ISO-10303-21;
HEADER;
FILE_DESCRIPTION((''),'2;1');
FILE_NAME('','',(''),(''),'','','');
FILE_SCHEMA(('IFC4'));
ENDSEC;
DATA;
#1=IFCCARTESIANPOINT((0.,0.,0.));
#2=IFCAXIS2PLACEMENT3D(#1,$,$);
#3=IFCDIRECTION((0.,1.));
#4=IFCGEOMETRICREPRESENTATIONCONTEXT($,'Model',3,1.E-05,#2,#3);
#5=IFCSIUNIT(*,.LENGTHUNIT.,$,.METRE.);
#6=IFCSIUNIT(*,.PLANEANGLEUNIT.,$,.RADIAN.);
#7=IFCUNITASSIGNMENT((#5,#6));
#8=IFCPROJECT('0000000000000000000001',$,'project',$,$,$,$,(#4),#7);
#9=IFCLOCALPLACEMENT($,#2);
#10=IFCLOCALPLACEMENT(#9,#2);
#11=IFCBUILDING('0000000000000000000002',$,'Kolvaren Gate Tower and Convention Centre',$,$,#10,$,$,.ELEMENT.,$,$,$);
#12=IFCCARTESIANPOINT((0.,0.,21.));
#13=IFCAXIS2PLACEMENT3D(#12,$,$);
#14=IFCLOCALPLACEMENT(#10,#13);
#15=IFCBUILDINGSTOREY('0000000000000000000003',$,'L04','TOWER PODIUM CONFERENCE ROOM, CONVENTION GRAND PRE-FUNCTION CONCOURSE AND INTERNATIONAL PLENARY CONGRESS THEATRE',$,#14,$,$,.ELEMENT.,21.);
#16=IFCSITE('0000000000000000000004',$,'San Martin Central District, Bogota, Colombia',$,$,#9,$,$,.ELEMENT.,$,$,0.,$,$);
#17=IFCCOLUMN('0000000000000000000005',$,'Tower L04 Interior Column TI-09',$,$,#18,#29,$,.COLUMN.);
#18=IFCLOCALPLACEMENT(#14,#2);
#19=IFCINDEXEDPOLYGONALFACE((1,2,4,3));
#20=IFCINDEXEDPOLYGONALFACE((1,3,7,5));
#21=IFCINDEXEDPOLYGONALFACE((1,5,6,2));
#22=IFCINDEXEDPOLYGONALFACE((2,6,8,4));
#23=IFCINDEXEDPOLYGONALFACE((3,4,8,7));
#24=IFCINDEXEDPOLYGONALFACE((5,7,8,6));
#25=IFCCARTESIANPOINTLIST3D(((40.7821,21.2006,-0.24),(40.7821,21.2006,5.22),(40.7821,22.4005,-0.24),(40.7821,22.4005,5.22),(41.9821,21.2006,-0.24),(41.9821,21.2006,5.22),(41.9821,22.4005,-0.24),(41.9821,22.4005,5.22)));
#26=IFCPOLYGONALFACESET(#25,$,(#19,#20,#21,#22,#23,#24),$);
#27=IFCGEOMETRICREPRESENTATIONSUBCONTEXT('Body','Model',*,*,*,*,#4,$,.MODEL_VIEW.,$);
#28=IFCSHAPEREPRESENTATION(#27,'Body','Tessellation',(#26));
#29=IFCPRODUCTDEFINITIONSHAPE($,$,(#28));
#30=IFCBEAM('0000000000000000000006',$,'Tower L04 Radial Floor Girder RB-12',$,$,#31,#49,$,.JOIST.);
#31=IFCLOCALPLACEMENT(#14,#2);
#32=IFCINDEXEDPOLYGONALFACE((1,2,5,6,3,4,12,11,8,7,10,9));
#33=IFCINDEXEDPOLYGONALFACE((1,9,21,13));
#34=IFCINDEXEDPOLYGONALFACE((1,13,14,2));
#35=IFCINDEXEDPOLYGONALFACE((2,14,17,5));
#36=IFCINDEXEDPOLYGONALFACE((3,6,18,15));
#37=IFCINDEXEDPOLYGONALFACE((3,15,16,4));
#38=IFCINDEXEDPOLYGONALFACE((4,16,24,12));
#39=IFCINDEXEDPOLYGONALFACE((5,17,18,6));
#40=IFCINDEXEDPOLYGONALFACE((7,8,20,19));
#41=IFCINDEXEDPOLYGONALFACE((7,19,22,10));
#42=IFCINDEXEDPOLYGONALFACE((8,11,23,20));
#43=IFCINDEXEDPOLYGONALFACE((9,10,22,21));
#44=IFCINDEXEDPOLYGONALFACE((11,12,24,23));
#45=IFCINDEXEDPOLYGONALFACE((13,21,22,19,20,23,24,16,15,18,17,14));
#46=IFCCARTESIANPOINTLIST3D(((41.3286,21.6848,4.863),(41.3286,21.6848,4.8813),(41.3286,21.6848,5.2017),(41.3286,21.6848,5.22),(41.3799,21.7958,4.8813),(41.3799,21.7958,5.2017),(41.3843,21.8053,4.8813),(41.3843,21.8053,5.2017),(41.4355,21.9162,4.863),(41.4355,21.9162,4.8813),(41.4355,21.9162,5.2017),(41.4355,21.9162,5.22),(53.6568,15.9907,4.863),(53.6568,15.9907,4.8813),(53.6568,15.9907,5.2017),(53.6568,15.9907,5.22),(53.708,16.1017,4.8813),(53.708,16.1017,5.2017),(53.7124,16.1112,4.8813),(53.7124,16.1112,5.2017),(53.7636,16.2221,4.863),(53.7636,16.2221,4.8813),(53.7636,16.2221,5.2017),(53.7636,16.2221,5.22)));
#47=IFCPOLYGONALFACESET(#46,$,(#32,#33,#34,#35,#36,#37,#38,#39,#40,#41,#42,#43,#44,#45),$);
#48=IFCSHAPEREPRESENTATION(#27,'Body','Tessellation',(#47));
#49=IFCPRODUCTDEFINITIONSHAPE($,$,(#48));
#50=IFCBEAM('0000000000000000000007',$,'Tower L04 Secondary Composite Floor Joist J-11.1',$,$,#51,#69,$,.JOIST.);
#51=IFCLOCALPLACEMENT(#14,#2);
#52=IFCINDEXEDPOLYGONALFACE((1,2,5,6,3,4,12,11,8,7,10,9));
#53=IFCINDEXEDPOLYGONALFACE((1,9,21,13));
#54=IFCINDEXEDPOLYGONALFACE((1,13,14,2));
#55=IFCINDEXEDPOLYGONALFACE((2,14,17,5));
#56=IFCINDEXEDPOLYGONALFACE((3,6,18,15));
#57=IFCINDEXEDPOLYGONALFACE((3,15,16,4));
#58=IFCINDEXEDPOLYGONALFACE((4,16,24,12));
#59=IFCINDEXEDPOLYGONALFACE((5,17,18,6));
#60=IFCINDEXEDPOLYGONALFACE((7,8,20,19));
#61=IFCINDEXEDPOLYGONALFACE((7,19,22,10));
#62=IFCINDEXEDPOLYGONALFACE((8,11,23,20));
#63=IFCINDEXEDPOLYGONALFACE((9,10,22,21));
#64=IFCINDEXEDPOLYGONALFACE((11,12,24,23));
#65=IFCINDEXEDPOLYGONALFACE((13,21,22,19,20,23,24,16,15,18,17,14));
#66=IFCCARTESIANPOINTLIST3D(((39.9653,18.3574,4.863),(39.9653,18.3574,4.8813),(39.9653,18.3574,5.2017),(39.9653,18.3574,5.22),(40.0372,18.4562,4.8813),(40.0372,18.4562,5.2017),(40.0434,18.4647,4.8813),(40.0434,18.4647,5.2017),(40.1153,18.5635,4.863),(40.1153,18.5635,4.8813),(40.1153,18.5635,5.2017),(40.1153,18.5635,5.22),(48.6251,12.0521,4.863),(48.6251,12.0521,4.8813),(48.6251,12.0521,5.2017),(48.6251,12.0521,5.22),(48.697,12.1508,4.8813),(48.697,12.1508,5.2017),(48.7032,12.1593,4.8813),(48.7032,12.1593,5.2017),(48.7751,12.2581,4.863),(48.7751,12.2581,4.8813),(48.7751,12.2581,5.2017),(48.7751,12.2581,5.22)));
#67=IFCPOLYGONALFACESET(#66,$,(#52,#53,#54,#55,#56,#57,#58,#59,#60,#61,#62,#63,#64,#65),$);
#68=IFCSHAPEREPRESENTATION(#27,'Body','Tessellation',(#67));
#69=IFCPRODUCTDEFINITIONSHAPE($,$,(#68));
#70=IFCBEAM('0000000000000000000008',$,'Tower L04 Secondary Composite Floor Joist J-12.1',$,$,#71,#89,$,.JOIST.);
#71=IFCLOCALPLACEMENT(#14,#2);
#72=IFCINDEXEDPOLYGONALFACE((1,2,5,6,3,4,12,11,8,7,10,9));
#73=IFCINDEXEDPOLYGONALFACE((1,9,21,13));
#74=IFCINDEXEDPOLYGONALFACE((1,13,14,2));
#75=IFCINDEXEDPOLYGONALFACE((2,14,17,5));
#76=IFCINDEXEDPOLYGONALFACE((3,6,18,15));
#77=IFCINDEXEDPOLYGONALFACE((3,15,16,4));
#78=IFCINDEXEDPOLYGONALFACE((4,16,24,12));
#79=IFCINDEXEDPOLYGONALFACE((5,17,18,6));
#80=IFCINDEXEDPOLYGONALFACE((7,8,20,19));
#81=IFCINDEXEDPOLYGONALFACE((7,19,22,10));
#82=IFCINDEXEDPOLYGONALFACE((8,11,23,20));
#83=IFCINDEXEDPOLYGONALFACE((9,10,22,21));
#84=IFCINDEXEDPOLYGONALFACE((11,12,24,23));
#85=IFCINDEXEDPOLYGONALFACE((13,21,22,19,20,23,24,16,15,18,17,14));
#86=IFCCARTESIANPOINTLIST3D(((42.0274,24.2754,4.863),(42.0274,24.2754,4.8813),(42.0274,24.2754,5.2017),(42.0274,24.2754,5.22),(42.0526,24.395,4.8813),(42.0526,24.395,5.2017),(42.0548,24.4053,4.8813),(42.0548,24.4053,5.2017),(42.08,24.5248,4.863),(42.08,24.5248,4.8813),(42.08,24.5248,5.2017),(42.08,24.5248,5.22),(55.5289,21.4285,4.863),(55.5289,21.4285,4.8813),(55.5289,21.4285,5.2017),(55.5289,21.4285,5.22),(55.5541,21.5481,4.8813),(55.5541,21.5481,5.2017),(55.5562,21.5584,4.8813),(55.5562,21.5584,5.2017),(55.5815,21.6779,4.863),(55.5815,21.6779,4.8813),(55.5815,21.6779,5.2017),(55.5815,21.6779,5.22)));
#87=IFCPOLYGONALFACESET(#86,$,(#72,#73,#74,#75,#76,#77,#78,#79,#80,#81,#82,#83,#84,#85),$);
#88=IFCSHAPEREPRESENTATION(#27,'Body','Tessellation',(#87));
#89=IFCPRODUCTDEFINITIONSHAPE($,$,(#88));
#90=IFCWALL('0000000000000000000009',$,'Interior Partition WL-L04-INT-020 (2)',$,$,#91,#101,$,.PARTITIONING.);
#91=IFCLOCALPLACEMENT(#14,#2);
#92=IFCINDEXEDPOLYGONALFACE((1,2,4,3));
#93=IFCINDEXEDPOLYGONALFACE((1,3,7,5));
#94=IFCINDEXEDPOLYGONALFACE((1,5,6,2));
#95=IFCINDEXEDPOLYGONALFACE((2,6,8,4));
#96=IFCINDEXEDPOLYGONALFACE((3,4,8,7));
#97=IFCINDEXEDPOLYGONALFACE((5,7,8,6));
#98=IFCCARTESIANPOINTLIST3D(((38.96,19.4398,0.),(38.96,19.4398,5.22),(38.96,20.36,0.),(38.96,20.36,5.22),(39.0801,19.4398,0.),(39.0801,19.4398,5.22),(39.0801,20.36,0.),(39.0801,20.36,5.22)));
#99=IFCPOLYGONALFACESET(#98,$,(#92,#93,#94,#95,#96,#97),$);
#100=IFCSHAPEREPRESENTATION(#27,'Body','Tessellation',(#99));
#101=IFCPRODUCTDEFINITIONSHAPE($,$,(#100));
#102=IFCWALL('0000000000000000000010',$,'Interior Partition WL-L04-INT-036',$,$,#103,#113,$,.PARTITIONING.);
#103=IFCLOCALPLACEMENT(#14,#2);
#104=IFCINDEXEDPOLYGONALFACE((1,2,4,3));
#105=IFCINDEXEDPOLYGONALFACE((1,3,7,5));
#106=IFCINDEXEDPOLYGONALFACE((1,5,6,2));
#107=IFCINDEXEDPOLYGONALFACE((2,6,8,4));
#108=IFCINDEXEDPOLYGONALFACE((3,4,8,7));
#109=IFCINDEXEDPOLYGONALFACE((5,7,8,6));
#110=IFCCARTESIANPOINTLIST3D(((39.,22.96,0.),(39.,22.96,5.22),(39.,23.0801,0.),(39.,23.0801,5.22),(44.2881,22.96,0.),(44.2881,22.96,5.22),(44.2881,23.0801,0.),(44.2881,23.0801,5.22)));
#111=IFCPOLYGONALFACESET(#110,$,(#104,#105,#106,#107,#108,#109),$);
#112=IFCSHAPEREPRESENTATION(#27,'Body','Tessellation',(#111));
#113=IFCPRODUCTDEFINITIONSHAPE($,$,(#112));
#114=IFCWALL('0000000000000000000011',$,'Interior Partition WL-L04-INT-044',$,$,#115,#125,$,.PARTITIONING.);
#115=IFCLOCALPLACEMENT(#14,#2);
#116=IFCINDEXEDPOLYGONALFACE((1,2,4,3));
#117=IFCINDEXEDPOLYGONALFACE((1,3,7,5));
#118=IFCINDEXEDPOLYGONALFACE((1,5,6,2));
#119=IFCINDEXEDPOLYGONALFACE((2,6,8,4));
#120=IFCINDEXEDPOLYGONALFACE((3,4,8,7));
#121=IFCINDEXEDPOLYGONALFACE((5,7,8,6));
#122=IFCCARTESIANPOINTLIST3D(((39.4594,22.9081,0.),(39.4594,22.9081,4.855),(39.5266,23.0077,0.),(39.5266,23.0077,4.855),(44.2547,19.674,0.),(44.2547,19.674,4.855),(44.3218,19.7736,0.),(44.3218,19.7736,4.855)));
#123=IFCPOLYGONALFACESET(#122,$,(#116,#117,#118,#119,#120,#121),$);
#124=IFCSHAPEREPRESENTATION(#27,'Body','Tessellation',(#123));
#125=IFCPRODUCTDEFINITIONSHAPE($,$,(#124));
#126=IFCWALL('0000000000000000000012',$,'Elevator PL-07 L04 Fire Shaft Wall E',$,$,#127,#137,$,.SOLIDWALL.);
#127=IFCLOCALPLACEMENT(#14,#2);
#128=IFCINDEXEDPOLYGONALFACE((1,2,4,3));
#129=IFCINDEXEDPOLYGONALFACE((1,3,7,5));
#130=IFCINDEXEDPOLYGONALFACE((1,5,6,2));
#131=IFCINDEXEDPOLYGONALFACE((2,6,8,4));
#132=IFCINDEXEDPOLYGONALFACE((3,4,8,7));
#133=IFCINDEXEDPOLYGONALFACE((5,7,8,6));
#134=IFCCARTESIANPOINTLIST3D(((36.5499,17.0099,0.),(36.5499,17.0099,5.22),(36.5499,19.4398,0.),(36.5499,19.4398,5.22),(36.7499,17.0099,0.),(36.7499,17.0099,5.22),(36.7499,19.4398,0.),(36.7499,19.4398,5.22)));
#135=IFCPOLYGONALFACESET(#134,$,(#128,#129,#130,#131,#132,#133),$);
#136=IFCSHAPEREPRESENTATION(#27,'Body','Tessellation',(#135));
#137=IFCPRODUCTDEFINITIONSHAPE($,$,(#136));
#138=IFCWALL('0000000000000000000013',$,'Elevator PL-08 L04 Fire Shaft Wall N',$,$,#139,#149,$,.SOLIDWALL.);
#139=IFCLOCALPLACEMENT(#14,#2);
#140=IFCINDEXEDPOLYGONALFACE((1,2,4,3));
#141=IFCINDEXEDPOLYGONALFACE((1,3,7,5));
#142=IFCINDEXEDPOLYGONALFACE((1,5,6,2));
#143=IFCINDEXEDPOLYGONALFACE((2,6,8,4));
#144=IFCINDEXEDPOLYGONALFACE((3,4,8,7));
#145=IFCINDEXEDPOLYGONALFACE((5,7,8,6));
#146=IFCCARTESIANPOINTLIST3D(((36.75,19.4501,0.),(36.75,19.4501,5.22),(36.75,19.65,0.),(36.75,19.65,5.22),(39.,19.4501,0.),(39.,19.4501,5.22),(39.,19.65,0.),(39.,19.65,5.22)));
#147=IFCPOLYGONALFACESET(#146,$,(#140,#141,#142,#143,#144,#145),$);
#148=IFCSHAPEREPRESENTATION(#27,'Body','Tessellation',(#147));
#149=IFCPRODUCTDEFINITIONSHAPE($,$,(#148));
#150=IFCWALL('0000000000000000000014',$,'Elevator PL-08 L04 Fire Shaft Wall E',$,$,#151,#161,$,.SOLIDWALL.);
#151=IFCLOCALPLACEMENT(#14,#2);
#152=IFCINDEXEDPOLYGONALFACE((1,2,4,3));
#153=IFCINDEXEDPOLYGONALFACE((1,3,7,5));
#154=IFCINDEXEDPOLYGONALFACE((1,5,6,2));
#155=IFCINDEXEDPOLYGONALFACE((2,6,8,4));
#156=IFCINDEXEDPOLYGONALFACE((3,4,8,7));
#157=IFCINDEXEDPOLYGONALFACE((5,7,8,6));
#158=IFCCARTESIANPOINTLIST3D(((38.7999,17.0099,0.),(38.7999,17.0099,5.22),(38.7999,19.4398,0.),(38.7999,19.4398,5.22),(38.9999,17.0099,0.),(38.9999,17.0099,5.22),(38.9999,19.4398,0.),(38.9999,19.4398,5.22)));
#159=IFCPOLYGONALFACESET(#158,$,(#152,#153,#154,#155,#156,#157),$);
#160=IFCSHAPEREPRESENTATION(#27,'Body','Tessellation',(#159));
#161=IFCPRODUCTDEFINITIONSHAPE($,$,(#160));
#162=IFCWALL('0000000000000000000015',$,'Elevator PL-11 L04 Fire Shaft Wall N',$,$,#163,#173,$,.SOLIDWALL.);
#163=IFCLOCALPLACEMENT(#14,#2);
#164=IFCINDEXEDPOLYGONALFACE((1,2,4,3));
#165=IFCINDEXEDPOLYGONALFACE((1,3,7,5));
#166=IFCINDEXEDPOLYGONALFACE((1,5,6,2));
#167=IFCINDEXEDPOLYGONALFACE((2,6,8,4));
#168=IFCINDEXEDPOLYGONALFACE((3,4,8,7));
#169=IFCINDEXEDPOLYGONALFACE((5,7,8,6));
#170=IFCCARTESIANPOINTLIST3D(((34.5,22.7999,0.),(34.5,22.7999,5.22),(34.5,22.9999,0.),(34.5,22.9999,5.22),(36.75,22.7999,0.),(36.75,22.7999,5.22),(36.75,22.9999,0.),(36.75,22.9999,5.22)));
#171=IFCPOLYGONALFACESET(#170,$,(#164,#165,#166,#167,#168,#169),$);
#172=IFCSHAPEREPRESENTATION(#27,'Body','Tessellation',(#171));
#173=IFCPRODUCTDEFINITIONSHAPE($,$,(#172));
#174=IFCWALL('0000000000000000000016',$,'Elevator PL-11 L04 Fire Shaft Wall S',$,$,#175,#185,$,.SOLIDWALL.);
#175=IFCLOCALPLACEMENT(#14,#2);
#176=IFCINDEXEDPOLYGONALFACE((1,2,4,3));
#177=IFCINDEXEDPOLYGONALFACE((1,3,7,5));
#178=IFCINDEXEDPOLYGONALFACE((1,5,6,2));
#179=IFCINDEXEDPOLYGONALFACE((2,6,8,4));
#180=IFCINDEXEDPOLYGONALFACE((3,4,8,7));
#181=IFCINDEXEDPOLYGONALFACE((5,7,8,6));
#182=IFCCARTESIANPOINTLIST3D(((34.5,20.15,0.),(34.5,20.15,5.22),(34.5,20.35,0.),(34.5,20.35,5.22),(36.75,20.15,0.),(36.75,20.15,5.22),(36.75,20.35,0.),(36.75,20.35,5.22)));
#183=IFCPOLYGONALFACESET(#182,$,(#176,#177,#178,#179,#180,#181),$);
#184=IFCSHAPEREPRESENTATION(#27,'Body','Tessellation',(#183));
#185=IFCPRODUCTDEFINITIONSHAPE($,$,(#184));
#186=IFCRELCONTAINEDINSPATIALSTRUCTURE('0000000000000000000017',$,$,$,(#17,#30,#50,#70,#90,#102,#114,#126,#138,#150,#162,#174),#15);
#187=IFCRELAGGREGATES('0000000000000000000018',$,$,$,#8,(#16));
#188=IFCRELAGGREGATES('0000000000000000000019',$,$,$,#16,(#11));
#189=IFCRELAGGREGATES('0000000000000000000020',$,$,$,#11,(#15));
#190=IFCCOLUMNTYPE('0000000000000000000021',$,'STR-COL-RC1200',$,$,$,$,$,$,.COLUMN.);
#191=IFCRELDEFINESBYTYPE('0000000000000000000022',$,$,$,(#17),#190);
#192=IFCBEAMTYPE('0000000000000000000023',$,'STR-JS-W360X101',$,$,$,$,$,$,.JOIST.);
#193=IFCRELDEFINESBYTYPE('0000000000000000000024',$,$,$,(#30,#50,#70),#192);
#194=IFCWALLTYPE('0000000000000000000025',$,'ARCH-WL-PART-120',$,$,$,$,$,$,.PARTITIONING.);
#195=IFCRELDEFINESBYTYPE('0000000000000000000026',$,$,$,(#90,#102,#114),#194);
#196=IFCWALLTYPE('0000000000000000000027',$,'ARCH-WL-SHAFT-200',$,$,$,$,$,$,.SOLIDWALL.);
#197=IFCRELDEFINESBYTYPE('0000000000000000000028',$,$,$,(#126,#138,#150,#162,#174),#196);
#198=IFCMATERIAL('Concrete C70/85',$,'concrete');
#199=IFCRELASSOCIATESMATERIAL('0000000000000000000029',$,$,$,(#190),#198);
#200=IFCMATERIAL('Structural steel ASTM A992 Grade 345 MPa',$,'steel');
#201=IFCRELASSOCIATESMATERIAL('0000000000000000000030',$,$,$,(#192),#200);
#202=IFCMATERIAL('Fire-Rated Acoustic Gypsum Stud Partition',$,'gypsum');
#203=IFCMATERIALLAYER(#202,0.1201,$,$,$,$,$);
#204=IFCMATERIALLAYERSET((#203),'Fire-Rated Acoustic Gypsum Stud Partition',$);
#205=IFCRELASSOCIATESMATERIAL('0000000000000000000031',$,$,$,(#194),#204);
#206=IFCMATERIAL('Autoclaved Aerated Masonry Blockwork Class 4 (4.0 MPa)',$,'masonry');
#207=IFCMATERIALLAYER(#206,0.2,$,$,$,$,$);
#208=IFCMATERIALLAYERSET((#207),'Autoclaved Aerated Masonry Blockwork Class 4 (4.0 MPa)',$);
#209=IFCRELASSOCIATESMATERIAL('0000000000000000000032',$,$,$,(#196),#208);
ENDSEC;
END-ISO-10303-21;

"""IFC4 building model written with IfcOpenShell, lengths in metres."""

from ifc_helpers import new_model, si_unit, direction, frame, frame_2d, origin, origin_2d, place, context, subcontext, project, spatial, rectangle, i_section, extrude, material, layer, layer_set, material_profile, profile_set, type_object, element, save


model = new_model("IFC4")

# Units and contexts
model_context = context("Model", 3, precision=1e-05, world=origin(), true_north=direction((0.0, 1.0)))
body_context = subcontext(model_context, "Body", "Model", "MODEL_VIEW")
ifc_project = project(units=[si_unit("LENGTHUNIT", "METRE"), si_unit("PLANEANGLEUNIT", "RADIAN")], contexts=[model_context])

# Site, building, storey
site_placement = place(None, origin())
site = spatial("IfcSite", under=ifc_project, at=site_placement, Name="San Martin Central District, Bogota, Colombia", CompositionType="ELEMENT", RefElevation=0.0)
building_placement = place(site_placement, origin())
building = spatial("IfcBuilding", under=site, at=building_placement, Name="Kolvaren Gate Tower and Convention Centre", CompositionType="ELEMENT")
storey_placement = place(building_placement, frame((0.0, 0.0, 21.0)))
storey = spatial("IfcBuildingStorey", under=building, at=storey_placement, Name="L04", Description="TOWER PODIUM CONFERENCE ROOM, CONVENTION GRAND PRE-FUNCTION CONCOURSE AND INTERNATIONAL PLENARY CONGRESS THEATRE", CompositionType="ELEMENT", Elevation=21.0)

# Column
ifc_material_1 = material(Name="Concrete C70/85", Category="concrete")
ifc_material_profile_1 = material_profile(ifc_material_1, rectangle(XDim=1.2, YDim=1.2, at=origin_2d()), Name="RC-COL-1200X1200")
ifc_profile_set_1 = profile_set([ifc_material_profile_1], Name="Concrete C70/85")
column_type = type_object("IfcColumnType", Name="STR-COL-RC1200", PredefinedType="COLUMN", material=ifc_profile_set_1)
column_placement = place(storey_placement, frame((41.3821, 21.8005, -0.24), z_axis=(0.0, 0.0, 1.0), x_axis=(1.0, 0.0, 0.0)))
element("IfcColumn", 1, at=column_placement, inside=storey, type_object=column_type, Name="Tower L04 Interior Column TI-09", PredefinedType="COLUMN", context=body_context, shape_type="SweptSolid", body=[
    extrude(rectangle(XDim=1.2, YDim=1.2, at=origin_2d()), origin(), (0.0, 0.0, 1.0), 5.46),
])

# Beams
ifc_material_2 = material(Name="Structural steel ASTM A992 Grade 345 MPa", Category="steel")
ifc_material_profile_2 = material_profile(ifc_material_2, i_section(OverallWidth=0.2549, OverallDepth=0.3569, WebThickness=0.0105, FlangeThickness=0.0183, at=origin_2d()), Name="W360X101")
ifc_profile_set_2 = profile_set([ifc_material_profile_2], Name="Structural steel ASTM A992 Grade 345 MPa")
beam_type = type_object("IfcBeamType", Name="STR-JS-W360X101", PredefinedType="JOIST", material=ifc_profile_set_2)
beam_1_placement = place(storey_placement, frame((41.3821, 21.8005, 5.0415), z_axis=(0.907842, -0.419312, 0.0), x_axis=(0.419312, 0.907842, 0.0)))
element("IfcBeam", 2, at=beam_1_placement, inside=storey, type_object=beam_type, Name="Tower L04 Radial Floor Girder RB-12", PredefinedType="JOIST", context=body_context, shape_type="SweptSolid", body=[
    extrude(i_section(OverallWidth=0.2549, OverallDepth=0.3569, WebThickness=0.0105, FlangeThickness=0.0183, at=origin_2d()), origin(), (0.0, 0.0, 1.0), 13.5796),
])
beam_2_placement = place(storey_placement, frame((40.0403, 18.4604, 5.0415), z_axis=(0.808412, -0.588617, 0.0), x_axis=(0.588617, 0.808412, 0.0)))
element("IfcBeam", 3, at=beam_2_placement, inside=storey, type_object=beam_type, Name="Tower L04 Secondary Composite Floor Joist J-11.1", PredefinedType="JOIST", context=body_context, shape_type="SweptSolid", body=[
    extrude(i_section(OverallWidth=0.2549, OverallDepth=0.3569, WebThickness=0.0105, FlangeThickness=0.0183, at=origin_2d()), origin(), (0.0, 0.0, 1.0), 10.7122),
])
beam_3_placement = place(storey_placement, frame((42.0537, 24.4001, 5.0415), z_axis=(0.978484, -0.206323, 0.0), x_axis=(0.206323, 0.978484, 0.0)))
element("IfcBeam", 4, at=beam_3_placement, inside=storey, type_object=beam_type, Name="Tower L04 Secondary Composite Floor Joist J-12.1", PredefinedType="JOIST", context=body_context, shape_type="SweptSolid", body=[
    extrude(i_section(OverallWidth=0.2549, OverallDepth=0.3569, WebThickness=0.0105, FlangeThickness=0.0183, at=origin_2d()), origin(), (0.0, 0.0, 1.0), 13.7983),
])

# Walls
ifc_material_3 = material(Name="Fire-Rated Acoustic Gypsum Stud Partition", Category="gypsum")
ifc_layer_1 = layer(ifc_material_3, 0.1201)
ifc_layer_set_1 = layer_set([ifc_layer_1], Name="Fire-Rated Acoustic Gypsum Stud Partition")
wall_type_1 = type_object("IfcWallType", Name="ARCH-WL-PART-120", PredefinedType="PARTITIONING", material=ifc_layer_set_1)
wall_1_placement = place(storey_placement, frame((39.02, 19.4399, 0.0), z_axis=(0.0, 0.0, 1.0), x_axis=(0.0, 1.0, 0.0)))
element("IfcWall", 5, at=wall_1_placement, inside=storey, type_object=wall_type_1, Name="Interior Partition WL-L04-INT-020 (2)", PredefinedType="PARTITIONING", context=body_context, shape_type="SweptSolid", body=[
    extrude(rectangle(XDim=0.9202, YDim=0.1201, at=frame_2d((0.46, 0.0))), origin(), (0.0, 0.0, 1.0), 5.22),
])
wall_2_placement = place(storey_placement, frame((39.0, 23.02, 0.0), z_axis=(0.0, 0.0, 1.0), x_axis=(1.0, 0.0, 0.0)))
element("IfcWall", 6, at=wall_2_placement, inside=storey, type_object=wall_type_1, Name="Interior Partition WL-L04-INT-036", PredefinedType="PARTITIONING", context=body_context, shape_type="SweptSolid", body=[
    extrude(rectangle(XDim=5.2881, YDim=0.1201, at=frame_2d((2.644, 0.0))), origin(), (0.0, 0.0, 1.0), 5.22),
])
wall_3_placement = place(storey_placement, frame((39.4929, 22.958, 0.0), z_axis=(0.0, 0.0, 1.0), x_axis=(0.829058, -0.559163, 0.0)))
element("IfcWall", 7, at=wall_3_placement, inside=storey, type_object=wall_type_1, Name="Interior Partition WL-L04-INT-044", PredefinedType="PARTITIONING", context=body_context, shape_type="SweptSolid", body=[
    extrude(rectangle(XDim=5.7839, YDim=0.1201, at=frame_2d((2.8921, 0.0))), origin(), (0.0, 0.0, 1.0), 4.855),
])
ifc_material_4 = material(Name="Autoclaved Aerated Masonry Blockwork Class 4 (4.0 MPa)", Category="masonry")
ifc_layer_2 = layer(ifc_material_4, 0.2)
ifc_layer_set_2 = layer_set([ifc_layer_2], Name="Autoclaved Aerated Masonry Blockwork Class 4 (4.0 MPa)")
wall_type_2 = type_object("IfcWallType", Name="ARCH-WL-SHAFT-200", PredefinedType="SOLIDWALL", material=ifc_layer_set_2)
wall_4_placement = place(storey_placement, frame((36.6499, 17.01, 0.0), z_axis=(0.0, 0.0, 1.0), x_axis=(0.0, 1.0, 0.0)))
element("IfcWall", 8, at=wall_4_placement, inside=storey, type_object=wall_type_2, Name="Elevator PL-07 L04 Fire Shaft Wall E", PredefinedType="SOLIDWALL", context=body_context, shape_type="SweptSolid", body=[
    extrude(rectangle(XDim=2.4299, YDim=0.2, at=frame_2d((1.2148, 0.0))), origin(), (0.0, 0.0, 1.0), 5.22),
])
wall_5_placement = place(storey_placement, frame((36.75, 19.55, 0.0), z_axis=(0.0, 0.0, 1.0), x_axis=(1.0, 0.0, 0.0)))
element("IfcWall", 9, at=wall_5_placement, inside=storey, type_object=wall_type_2, Name="Elevator PL-08 L04 Fire Shaft Wall N", PredefinedType="SOLIDWALL", context=body_context, shape_type="SweptSolid", body=[
    extrude(rectangle(XDim=2.25, YDim=0.2, at=frame_2d((1.125, 0.0))), origin(), (0.0, 0.0, 1.0), 5.22),
])
wall_6_placement = place(storey_placement, frame((38.8999, 17.01, 0.0), z_axis=(0.0, 0.0, 1.0), x_axis=(0.0, 1.0, 0.0)))
element("IfcWall", 10, at=wall_6_placement, inside=storey, type_object=wall_type_2, Name="Elevator PL-08 L04 Fire Shaft Wall E", PredefinedType="SOLIDWALL", context=body_context, shape_type="SweptSolid", body=[
    extrude(rectangle(XDim=2.4299, YDim=0.2, at=frame_2d((1.2148, 0.0))), origin(), (0.0, 0.0, 1.0), 5.22),
])
for number, where, z_axis, x_axis, name in (
    (11, (34.5, 22.8999, 0.0), (0.0, 0.0, 1.0), (1.0, 0.0, 0.0), "Elevator PL-11 L04 Fire Shaft Wall N"),
    (12, (34.5, 20.25, 0.0), (0.0, 0.0, 1.0), (1.0, 0.0, 0.0), "Elevator PL-11 L04 Fire Shaft Wall S"),
):
    element("IfcWall", number, at=place(storey_placement, frame(where, z_axis=z_axis, x_axis=x_axis)), inside=storey, type_object=wall_type_2, Name=name, PredefinedType="SOLIDWALL", context=body_context, shape_type="SweptSolid", body=[
        extrude(rectangle(XDim=2.25, YDim=0.2, at=frame_2d((1.125, 0.0))), origin(), (0.0, 0.0, 1.0), 5.22),
    ])

save(model, "model.ifc")
